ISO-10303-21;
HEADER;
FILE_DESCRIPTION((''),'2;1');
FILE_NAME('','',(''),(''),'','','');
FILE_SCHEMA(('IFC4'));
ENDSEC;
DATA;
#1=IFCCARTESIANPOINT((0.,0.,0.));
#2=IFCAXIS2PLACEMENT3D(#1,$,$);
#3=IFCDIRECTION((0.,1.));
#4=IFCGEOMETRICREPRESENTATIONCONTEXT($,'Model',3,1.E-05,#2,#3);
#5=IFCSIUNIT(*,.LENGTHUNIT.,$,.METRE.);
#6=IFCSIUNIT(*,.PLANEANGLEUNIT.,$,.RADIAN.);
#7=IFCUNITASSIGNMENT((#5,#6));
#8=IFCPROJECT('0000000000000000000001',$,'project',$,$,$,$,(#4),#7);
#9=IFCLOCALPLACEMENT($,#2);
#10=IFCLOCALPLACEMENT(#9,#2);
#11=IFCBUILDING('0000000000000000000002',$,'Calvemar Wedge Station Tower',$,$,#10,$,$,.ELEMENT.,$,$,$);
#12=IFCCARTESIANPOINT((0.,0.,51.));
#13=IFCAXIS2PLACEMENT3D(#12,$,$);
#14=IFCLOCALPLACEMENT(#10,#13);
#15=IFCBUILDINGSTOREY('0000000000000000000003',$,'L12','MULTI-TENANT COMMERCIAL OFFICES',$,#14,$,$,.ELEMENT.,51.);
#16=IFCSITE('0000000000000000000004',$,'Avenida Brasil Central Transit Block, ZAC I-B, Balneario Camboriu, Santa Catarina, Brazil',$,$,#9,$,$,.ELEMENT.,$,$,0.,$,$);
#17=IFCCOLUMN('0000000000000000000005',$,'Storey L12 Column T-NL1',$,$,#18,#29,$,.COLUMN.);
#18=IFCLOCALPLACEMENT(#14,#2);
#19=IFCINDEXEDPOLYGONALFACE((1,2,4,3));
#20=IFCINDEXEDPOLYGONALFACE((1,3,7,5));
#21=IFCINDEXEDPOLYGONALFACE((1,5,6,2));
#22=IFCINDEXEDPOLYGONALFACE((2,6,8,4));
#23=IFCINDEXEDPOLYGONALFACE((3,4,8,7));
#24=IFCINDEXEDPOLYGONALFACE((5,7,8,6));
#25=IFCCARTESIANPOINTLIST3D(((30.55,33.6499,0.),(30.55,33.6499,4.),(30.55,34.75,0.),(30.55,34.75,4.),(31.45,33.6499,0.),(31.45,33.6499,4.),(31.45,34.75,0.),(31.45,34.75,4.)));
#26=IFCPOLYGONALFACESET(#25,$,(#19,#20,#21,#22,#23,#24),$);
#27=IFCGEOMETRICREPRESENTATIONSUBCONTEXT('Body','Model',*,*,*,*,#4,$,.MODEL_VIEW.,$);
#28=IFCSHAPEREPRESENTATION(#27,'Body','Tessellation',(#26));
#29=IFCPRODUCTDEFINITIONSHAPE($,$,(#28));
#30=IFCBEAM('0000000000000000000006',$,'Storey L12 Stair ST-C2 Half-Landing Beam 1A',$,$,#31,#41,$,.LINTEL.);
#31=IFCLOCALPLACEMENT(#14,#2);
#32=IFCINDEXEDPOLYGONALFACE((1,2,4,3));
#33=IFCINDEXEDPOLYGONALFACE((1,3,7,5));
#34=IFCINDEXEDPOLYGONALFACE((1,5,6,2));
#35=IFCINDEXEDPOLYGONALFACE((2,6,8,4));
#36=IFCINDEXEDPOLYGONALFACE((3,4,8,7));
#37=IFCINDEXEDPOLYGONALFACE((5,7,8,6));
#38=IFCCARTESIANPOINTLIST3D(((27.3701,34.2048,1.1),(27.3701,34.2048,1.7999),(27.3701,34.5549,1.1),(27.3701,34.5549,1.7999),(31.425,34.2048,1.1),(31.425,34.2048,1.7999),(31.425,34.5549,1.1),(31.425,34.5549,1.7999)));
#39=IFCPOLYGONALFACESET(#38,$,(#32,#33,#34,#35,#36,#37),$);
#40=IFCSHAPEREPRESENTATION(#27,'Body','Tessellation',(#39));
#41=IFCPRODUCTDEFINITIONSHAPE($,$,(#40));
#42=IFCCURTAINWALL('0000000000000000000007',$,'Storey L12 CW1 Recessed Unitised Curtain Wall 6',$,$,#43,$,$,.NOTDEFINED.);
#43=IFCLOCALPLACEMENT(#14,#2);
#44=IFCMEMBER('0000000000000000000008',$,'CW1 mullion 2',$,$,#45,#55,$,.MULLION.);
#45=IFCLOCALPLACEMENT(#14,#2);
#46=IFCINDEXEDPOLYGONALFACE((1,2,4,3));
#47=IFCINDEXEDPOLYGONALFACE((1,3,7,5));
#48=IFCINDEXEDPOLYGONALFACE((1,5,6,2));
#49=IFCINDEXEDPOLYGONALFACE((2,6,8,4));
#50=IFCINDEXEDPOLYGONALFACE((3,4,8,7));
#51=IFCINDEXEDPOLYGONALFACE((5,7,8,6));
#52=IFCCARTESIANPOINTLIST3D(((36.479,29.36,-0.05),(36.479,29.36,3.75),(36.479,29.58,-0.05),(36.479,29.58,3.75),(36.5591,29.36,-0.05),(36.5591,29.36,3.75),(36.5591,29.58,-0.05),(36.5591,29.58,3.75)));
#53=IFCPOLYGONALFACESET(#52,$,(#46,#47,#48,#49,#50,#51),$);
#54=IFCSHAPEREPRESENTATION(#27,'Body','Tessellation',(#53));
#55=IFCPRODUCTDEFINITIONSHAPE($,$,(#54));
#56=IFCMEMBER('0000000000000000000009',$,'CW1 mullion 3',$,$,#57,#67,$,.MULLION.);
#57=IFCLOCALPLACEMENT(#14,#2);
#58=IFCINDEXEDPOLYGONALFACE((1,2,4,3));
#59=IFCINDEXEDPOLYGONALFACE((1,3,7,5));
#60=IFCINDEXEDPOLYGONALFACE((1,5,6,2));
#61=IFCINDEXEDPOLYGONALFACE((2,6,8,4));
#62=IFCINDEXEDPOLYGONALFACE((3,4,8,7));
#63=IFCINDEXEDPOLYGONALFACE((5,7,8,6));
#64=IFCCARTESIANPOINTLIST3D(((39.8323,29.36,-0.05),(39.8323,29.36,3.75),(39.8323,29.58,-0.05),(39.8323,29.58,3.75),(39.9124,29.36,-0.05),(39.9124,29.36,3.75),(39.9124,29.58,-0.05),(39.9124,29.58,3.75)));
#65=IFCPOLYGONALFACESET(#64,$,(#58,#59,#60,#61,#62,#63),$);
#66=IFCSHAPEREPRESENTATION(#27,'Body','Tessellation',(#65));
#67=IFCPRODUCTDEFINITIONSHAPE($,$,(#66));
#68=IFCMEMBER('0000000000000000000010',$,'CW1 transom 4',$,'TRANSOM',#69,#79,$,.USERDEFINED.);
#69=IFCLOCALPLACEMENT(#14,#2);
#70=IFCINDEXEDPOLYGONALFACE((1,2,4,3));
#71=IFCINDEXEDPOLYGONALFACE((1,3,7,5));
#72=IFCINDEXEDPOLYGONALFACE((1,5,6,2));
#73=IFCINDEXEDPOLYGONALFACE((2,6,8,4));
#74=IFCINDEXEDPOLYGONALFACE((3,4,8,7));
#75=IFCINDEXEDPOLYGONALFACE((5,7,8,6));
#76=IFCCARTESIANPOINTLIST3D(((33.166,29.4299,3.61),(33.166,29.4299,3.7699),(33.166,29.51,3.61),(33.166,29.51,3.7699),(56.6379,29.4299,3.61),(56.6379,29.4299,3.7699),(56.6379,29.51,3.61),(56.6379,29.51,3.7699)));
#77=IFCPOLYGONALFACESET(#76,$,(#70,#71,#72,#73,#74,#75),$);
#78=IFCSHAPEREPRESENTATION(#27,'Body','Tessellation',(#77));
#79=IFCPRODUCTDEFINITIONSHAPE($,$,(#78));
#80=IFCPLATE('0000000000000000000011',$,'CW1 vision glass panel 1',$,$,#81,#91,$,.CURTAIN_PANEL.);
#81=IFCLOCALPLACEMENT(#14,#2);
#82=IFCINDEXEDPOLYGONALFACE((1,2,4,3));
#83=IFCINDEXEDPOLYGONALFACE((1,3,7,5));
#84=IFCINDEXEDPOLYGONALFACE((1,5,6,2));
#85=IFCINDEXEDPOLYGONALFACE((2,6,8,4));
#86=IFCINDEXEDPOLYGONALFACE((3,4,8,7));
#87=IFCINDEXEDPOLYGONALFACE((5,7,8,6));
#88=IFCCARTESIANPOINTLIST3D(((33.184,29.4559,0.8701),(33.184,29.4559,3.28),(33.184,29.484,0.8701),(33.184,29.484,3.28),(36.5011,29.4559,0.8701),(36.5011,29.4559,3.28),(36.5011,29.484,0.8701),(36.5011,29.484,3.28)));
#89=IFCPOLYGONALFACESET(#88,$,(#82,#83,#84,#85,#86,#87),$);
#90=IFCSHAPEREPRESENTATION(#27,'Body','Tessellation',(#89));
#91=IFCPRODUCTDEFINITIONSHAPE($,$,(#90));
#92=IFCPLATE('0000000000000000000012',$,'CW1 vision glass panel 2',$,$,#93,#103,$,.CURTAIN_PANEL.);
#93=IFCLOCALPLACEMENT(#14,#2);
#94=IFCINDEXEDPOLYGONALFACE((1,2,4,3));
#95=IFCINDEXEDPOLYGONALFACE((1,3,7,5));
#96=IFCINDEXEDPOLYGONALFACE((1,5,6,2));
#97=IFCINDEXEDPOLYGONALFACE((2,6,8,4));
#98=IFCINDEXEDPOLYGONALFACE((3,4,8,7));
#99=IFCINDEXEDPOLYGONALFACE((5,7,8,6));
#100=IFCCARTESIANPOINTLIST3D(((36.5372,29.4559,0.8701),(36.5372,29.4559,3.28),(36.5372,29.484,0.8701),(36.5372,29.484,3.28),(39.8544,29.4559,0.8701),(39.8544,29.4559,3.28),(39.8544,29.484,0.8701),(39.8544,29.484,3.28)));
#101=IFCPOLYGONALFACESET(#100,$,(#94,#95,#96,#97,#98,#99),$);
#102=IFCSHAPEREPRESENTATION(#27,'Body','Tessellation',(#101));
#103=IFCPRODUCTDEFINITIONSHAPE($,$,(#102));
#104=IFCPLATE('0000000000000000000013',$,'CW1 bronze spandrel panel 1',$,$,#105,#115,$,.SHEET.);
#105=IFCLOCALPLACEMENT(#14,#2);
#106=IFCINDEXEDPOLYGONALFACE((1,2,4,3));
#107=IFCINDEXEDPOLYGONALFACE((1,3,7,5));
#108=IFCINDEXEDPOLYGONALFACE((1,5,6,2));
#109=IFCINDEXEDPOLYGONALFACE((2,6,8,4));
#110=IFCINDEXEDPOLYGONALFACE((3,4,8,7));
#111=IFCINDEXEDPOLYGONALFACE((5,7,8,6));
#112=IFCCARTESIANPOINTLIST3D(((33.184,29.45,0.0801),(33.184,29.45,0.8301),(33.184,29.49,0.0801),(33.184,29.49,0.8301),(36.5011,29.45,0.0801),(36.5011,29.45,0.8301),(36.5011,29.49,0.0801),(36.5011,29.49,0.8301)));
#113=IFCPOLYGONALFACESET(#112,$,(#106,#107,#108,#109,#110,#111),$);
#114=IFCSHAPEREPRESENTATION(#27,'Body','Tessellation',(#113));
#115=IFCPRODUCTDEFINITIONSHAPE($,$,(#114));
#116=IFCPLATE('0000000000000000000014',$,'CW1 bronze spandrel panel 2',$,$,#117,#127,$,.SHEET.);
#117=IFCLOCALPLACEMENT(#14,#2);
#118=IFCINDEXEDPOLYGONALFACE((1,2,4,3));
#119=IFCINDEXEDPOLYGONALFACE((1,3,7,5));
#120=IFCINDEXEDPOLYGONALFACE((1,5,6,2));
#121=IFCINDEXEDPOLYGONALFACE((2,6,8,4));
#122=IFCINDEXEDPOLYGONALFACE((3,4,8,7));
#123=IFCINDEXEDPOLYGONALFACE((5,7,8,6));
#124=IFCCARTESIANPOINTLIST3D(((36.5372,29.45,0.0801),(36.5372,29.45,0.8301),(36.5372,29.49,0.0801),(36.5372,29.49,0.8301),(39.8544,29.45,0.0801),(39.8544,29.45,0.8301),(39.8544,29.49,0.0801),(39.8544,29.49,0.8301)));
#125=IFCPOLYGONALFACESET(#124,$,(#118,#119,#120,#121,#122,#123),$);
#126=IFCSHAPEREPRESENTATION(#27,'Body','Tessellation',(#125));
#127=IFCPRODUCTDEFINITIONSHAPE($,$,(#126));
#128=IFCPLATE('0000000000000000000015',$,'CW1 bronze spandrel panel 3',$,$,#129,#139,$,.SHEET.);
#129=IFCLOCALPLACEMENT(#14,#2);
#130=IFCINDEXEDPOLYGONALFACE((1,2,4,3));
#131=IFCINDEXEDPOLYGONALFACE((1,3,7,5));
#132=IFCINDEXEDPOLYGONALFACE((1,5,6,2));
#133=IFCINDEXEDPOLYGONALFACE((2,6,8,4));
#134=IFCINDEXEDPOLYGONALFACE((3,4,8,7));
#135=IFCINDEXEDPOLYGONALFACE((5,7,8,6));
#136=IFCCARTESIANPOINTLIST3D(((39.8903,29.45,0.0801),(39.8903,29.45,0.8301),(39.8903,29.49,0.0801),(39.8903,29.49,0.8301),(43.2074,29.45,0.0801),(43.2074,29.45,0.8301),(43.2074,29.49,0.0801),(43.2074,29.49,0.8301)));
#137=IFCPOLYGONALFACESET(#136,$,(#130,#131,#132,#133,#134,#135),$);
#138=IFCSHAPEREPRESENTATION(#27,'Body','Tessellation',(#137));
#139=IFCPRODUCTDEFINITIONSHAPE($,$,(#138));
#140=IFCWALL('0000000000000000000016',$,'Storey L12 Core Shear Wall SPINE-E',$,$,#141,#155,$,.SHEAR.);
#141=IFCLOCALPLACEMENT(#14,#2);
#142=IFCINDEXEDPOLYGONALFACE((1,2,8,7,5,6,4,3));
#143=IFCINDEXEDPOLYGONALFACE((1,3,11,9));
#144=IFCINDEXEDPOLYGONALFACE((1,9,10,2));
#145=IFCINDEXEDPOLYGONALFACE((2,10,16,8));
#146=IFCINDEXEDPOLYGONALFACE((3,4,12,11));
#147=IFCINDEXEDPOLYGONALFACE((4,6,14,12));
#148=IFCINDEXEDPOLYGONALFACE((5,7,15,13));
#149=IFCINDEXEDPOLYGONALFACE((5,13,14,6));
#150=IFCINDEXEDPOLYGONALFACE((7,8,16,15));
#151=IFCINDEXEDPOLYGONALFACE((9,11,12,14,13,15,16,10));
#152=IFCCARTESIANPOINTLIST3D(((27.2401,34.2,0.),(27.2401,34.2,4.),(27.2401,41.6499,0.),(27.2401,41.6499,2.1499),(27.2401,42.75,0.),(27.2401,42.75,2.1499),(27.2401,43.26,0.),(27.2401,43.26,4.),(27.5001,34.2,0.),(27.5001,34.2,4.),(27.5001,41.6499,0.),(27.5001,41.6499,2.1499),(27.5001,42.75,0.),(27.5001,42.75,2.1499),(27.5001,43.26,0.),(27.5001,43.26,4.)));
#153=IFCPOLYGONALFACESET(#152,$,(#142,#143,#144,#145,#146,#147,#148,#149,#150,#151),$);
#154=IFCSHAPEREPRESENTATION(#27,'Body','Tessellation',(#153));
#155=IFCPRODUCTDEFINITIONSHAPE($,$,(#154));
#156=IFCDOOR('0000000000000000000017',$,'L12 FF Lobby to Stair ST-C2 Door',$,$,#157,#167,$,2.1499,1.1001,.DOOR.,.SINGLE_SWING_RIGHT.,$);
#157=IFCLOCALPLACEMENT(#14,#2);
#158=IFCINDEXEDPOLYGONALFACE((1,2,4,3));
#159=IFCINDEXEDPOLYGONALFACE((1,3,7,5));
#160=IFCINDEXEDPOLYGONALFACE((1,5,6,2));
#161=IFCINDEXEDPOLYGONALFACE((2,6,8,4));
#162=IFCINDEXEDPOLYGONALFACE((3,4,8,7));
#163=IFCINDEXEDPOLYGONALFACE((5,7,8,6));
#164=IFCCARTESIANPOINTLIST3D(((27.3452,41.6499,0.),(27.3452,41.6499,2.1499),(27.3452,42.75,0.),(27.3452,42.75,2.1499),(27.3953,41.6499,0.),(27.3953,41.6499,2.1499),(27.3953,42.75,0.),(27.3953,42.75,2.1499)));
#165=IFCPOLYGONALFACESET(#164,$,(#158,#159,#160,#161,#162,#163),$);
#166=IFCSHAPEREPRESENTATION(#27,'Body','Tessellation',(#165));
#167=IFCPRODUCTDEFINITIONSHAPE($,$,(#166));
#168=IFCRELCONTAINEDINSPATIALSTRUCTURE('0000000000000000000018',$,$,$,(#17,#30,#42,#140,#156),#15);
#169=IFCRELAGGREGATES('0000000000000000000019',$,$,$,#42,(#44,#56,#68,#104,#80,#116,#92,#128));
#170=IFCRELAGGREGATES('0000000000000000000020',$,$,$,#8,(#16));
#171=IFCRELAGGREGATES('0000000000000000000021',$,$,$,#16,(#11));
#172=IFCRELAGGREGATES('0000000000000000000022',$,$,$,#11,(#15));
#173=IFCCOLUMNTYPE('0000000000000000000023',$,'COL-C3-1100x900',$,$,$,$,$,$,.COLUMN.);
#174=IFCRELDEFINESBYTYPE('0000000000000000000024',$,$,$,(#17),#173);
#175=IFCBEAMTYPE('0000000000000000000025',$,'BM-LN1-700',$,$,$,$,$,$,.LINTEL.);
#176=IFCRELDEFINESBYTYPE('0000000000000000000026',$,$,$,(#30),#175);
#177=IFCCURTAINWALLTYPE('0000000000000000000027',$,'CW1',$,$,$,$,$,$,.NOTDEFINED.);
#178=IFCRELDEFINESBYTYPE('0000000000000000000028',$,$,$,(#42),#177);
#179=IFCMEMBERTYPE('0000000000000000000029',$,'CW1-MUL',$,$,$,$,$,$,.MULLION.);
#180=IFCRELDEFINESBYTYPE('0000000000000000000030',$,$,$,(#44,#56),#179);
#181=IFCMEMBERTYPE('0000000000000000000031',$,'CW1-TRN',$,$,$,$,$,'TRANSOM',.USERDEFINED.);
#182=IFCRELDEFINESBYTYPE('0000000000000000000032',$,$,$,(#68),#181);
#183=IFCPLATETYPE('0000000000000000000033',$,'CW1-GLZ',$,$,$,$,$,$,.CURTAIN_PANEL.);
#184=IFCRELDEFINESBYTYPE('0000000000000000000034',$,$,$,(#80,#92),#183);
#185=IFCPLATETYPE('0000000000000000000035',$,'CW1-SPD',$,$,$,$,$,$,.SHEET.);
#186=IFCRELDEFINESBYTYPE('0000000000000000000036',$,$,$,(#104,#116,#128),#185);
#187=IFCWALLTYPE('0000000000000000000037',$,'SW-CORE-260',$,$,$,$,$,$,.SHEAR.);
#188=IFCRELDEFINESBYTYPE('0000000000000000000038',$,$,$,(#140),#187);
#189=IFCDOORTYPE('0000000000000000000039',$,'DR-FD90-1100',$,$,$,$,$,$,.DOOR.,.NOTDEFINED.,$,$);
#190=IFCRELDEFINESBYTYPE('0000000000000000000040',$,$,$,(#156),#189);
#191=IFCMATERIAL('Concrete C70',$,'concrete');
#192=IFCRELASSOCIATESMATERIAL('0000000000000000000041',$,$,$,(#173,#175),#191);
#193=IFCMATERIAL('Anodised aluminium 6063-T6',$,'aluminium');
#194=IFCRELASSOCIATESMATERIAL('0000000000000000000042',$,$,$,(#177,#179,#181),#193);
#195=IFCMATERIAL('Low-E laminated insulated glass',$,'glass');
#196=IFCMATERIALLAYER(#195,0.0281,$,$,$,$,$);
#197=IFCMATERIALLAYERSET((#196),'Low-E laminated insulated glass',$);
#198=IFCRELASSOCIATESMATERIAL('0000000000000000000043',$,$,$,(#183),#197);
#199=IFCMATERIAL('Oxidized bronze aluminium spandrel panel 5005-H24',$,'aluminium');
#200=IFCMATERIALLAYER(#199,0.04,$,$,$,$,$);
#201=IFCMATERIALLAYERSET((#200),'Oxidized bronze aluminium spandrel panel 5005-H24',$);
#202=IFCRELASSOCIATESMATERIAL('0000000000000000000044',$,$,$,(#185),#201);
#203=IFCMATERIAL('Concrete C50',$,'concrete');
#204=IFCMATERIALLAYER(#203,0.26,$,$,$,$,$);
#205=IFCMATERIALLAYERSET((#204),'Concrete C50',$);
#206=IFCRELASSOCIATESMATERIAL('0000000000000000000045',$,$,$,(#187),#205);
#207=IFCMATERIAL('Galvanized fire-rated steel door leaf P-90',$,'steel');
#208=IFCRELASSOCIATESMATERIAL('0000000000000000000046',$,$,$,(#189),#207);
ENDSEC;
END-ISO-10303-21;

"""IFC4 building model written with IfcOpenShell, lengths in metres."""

from ifc_helpers import new_model, si_unit, direction, frame, frame_2d, origin, origin_2d, place, context, subcontext, project, spatial, rectangle, extrude, source, transform, mapped, material, layer, layer_set, material_profile, profile_set, type_object, element, fill, aggregate, save


model = new_model("IFC4")

# Units and contexts
model_context = context("Model", 3, precision=1e-05, world=origin(), true_north=direction((0.0, 1.0)))
body_context = subcontext(model_context, "Body", "Model", "MODEL_VIEW")
ifc_project = project(units=[si_unit("LENGTHUNIT", "METRE"), si_unit("PLANEANGLEUNIT", "RADIAN")], contexts=[model_context])

# Site, building, storey
site_placement = place(None, origin())
site = spatial("IfcSite", under=ifc_project, at=site_placement, Name="Avenida Brasil Central Transit Block, ZAC I-B, Balneario Camboriu, Santa Catarina, Brazil", CompositionType="ELEMENT", RefElevation=0.0)
building_placement = place(site_placement, origin())
building = spatial("IfcBuilding", under=site, at=building_placement, Name="Calvemar Wedge Station Tower", CompositionType="ELEMENT")
storey_placement = place(building_placement, frame((0.0, 0.0, 51.0)))
storey = spatial("IfcBuildingStorey", under=building, at=storey_placement, Name="L12", Description="MULTI-TENANT COMMERCIAL OFFICES", CompositionType="ELEMENT", Elevation=51.0)

# Column
ifc_material_1 = material(Name="Concrete C70", Category="concrete")
ifc_material_profile_1 = material_profile(ifc_material_1, rectangle(XDim=0.8999, YDim=1.1001, at=origin_2d()), Name="RC1100x900")
ifc_profile_set_1 = profile_set([ifc_material_profile_1], Name="Concrete C70")
column_type = type_object("IfcColumnType", Name="COL-C3-1100x900", PredefinedType="COLUMN", material=ifc_profile_set_1)
shared_shape_1 = source(origin(), body_context, "Body", "SweptSolid", [
    extrude(rectangle(XDim=0.8999, YDim=1.1001, at=origin_2d()), origin(), (0.0, 0.0, 1.0), 4.0),
])
column_placement = place(storey_placement, frame((31.0, 34.2, 0.0), z_axis=(0.0, 0.0, 1.0), x_axis=(1.0, 0.0, 0.0)))
element("IfcColumn", 1, at=column_placement, inside=storey, type_object=column_type, Name="Storey L12 Column T-NL1", PredefinedType="COLUMN", context=body_context, shape_type="MappedRepresentation", body=[
    mapped(shared_shape_1, transform((0.0, 0.0, 0.0), scale=1.0)),
])

# Beam
ifc_material_profile_2 = material_profile(ifc_material_1, rectangle(XDim=0.3501, YDim=0.7, at=origin_2d()), Name="RC350x700")
ifc_profile_set_2 = profile_set([ifc_material_profile_2], Name="Concrete C70")
beam_type = type_object("IfcBeamType", Name="BM-LN1-700", PredefinedType="LINTEL", material=ifc_profile_set_2)
shared_shape_2 = source(origin(), body_context, "Body", "SweptSolid", [
    extrude(rectangle(XDim=0.3501, YDim=0.7, at=origin_2d()), origin(), (0.0, 0.0, 1.0), 4.0549),
])
beam_placement = place(storey_placement, frame((27.3701, 34.3799, 1.45), z_axis=(1.0, 0.0, 0.0), x_axis=(0.0, 1.0, 0.0)))
element("IfcBeam", 2, at=beam_placement, inside=storey, type_object=beam_type, Name="Storey L12 Stair ST-C2 Half-Landing Beam 1A", PredefinedType="LINTEL", context=body_context, shape_type="MappedRepresentation", body=[
    mapped(shared_shape_2, transform((0.0, 0.0, 0.0), scale=1.0)),
])

# Curtain wall, members, plates
ifc_material_2 = material(Name="Anodised aluminium 6063-T6", Category="aluminium")
curtain_wall_type = type_object("IfcCurtainWallType", Name="CW1", PredefinedType="NOTDEFINED", material=ifc_material_2)
curtain_wall_placement = place(storey_placement, origin())
curtain_wall = element("IfcCurtainWall", 3, at=curtain_wall_placement, inside=storey, type_object=curtain_wall_type, Name="Storey L12 CW1 Recessed Unitised Curtain Wall 6", PredefinedType="NOTDEFINED")
ifc_material_profile_3 = material_profile(ifc_material_2, rectangle(XDim=0.0801, YDim=0.22, at=origin_2d()), Name="AL-MUL-80x220")
ifc_profile_set_3 = profile_set([ifc_material_profile_3], Name="Anodised aluminium 6063-T6")
member_type_1 = type_object("IfcMemberType", Name="CW1-MUL", PredefinedType="MULLION", material=ifc_profile_set_3)
shared_shape_3 = source(origin(), body_context, "Body", "SweptSolid", [
    extrude(rectangle(XDim=0.0801, YDim=0.22, at=origin_2d()), origin(), (0.0, 0.0, 1.0), 3.8),
])
member_1_placement = place(storey_placement, frame((36.519, 29.47, -0.05), z_axis=(0.0, 0.0, 1.0), x_axis=(1.0, 0.0, 0.0)))
member_1 = element("IfcMember", 4, at=member_1_placement, type_object=member_type_1, Name="CW1 mullion 2", PredefinedType="MULLION", context=body_context, shape_type="MappedRepresentation", body=[
    mapped(shared_shape_3, transform((0.0, 0.0, 0.0), scale=1.0)),
])
member_2_placement = place(storey_placement, frame((39.8723, 29.47, -0.05), z_axis=(0.0, 0.0, 1.0), x_axis=(1.0, 0.0, 0.0)))
member_2 = element("IfcMember", 5, at=member_2_placement, type_object=member_type_1, Name="CW1 mullion 3", PredefinedType="MULLION", context=body_context, shape_type="MappedRepresentation", body=[
    mapped(shared_shape_3, transform((0.0, 0.0, 0.0), scale=1.0)),
])
ifc_material_profile_4 = material_profile(ifc_material_2, rectangle(XDim=0.0801, YDim=0.1599, at=origin_2d()), Name="AL-TRN-80x160")
ifc_profile_set_4 = profile_set([ifc_material_profile_4], Name="Anodised aluminium 6063-T6")
member_type_2 = type_object("IfcMemberType", Name="CW1-TRN", ElementType="TRANSOM", PredefinedType="USERDEFINED", material=ifc_profile_set_4)
shared_shape_4 = source(origin(), body_context, "Body", "SweptSolid", [
    extrude(rectangle(XDim=0.0801, YDim=0.1599, at=origin_2d()), origin(), (0.0, 0.0, 1.0), 23.4719),
])
member_3_placement = place(storey_placement, frame((33.166, 29.47, 3.6899), z_axis=(1.0, 0.0, 0.0), x_axis=(0.0, 1.0, 0.0)))
member_3 = element("IfcMember", 6, at=member_3_placement, type_object=member_type_2, Name="CW1 transom 4", ObjectType="TRANSOM", PredefinedType="USERDEFINED", context=body_context, shape_type="MappedRepresentation", body=[
    mapped(shared_shape_4, transform((0.0, 0.0, 0.0), scale=1.0)),
])
ifc_material_3 = material(Name="Low-E laminated insulated glass", Category="glass")
ifc_layer_1 = layer(ifc_material_3, 0.0281)
ifc_layer_set_1 = layer_set([ifc_layer_1], Name="Low-E laminated insulated glass")
plate_type_1 = type_object("IfcPlateType", Name="CW1-GLZ", PredefinedType="CURTAIN_PANEL", material=ifc_layer_set_1)
plate_1_placement = place(storey_placement, frame((33.1838, 29.47, 0.8701), z_axis=(0.0, 0.0, 1.0), x_axis=(1.0, 0.0, 0.0)))
plate_1 = element("IfcPlate", 7, at=plate_1_placement, type_object=plate_type_1, Name="CW1 vision glass panel 1", PredefinedType="CURTAIN_PANEL", context=body_context, shape_type="SweptSolid", body=[
    extrude(rectangle(XDim=3.3171, YDim=0.0281, at=frame_2d((1.6587, 0.0))), origin(), (0.0, 0.0, 1.0), 2.4099),
])
plate_2_placement = place(storey_placement, frame((36.5371, 29.47, 0.8701), z_axis=(0.0, 0.0, 1.0), x_axis=(1.0, 0.0, 0.0)))
plate_2 = element("IfcPlate", 8, at=plate_2_placement, type_object=plate_type_1, Name="CW1 vision glass panel 2", PredefinedType="CURTAIN_PANEL", context=body_context, shape_type="SweptSolid", body=[
    extrude(rectangle(XDim=3.3171, YDim=0.0281, at=frame_2d((1.6587, 0.0))), origin(), (0.0, 0.0, 1.0), 2.4099),
])
ifc_material_4 = material(Name="Oxidized bronze aluminium spandrel panel 5005-H24", Category="aluminium")
ifc_layer_2 = layer(ifc_material_4, 0.04)
ifc_layer_set_2 = layer_set([ifc_layer_2], Name="Oxidized bronze aluminium spandrel panel 5005-H24")
plate_type_2 = type_object("IfcPlateType", Name="CW1-SPD", PredefinedType="SHEET", material=ifc_layer_set_2)
plate_3_placement = place(storey_placement, frame((33.1838, 29.47, 0.0801), z_axis=(0.0, 0.0, 1.0), x_axis=(1.0, 0.0, 0.0)))
plate_3 = element("IfcPlate", 9, at=plate_3_placement, type_object=plate_type_2, Name="CW1 bronze spandrel panel 1", PredefinedType="SHEET", context=body_context, shape_type="SweptSolid", body=[
    extrude(rectangle(XDim=3.3171, YDim=0.04, at=frame_2d((1.6587, 0.0))), origin(), (0.0, 0.0, 1.0), 0.75),
])
plate_4_placement = place(storey_placement, frame((36.5371, 29.47, 0.0801), z_axis=(0.0, 0.0, 1.0), x_axis=(1.0, 0.0, 0.0)))
plate_4 = element("IfcPlate", 10, at=plate_4_placement, type_object=plate_type_2, Name="CW1 bronze spandrel panel 2", PredefinedType="SHEET", context=body_context, shape_type="SweptSolid", body=[
    extrude(rectangle(XDim=3.3171, YDim=0.04, at=frame_2d((1.6587, 0.0))), origin(), (0.0, 0.0, 1.0), 0.75),
])
plate_5_placement = place(storey_placement, frame((39.8901, 29.47, 0.0801), z_axis=(0.0, 0.0, 1.0), x_axis=(1.0, 0.0, 0.0)))
plate_5 = element("IfcPlate", 11, at=plate_5_placement, type_object=plate_type_2, Name="CW1 bronze spandrel panel 3", PredefinedType="SHEET", context=body_context, shape_type="SweptSolid", body=[
    extrude(rectangle(XDim=3.3171, YDim=0.04, at=frame_2d((1.6587, 0.0))), origin(), (0.0, 0.0, 1.0), 0.75),
])
aggregate(curtain_wall, [member_1, member_2, member_3, plate_3, plate_1, plate_4, plate_2, plate_5])

# Wall, opening, door
ifc_material_5 = material(Name="Concrete C50", Category="concrete")
ifc_layer_3 = layer(ifc_material_5, 0.26)
ifc_layer_set_3 = layer_set([ifc_layer_3], Name="Concrete C50")
wall_type_1 = type_object("IfcWallType", Name="SW-CORE-260", PredefinedType="SHEAR", material=ifc_layer_set_3)
wall_1_placement = place(storey_placement, frame((27.3701, 34.2, 0.0), z_axis=(0.0, 0.0, 1.0), x_axis=(0.0, 1.0, 0.0)))
wall_1 = element("IfcWall", 12, at=wall_1_placement, inside=storey, type_object=wall_type_1, Name="Storey L12 Core Shear Wall SPINE-E", PredefinedType="SHEAR", context=body_context, shape_type="SweptSolid", body=[
    extrude(rectangle(XDim=9.0601, YDim=0.26, at=frame_2d((4.53, 0.0))), origin(), (0.0, 0.0, 1.0), 4.0),
])
shared_shape_5 = source(origin(), body_context, "Body", "SweptSolid", [
    extrude(rectangle(XDim=1.1001, YDim=2.1499, at=frame_2d((0.55, 1.075))), frame((0.0, 0.1401, 0.0), z_axis=(0.0, -1.0, 0.0), x_axis=(1.0, 0.0, 0.0)), (0.0, 0.0, 1.0), 0.28),
])
opening_1_placement = place(wall_1_placement, frame((7.45, 0.0, 0.0)))
opening_1 = element("IfcOpeningElement", 13, at=opening_1_placement, cuts=wall_1, PredefinedType="OPENING", context=body_context, shape_type="MappedRepresentation", body=[
    mapped(shared_shape_5, transform((0.0, 0.0, 0.0), scale=1.0)),
])
ifc_material_6 = material(Name="Galvanized fire-rated steel door leaf P-90", Category="steel")
door_type = type_object("IfcDoorType", Name="DR-FD90-1100", OperationType="NOTDEFINED", PredefinedType="DOOR", material=ifc_material_6)
shared_shape_6 = source(origin(), body_context, "Body", "SweptSolid", [
    extrude(rectangle(XDim=1.1001, YDim=2.1499, at=frame_2d((0.55, 1.075))), frame((0.0, 0.0249, 0.0), z_axis=(0.0, -1.0, 0.0), x_axis=(1.0, 0.0, 0.0)), (0.0, 0.0, 1.0), 0.05),
])
door_1_placement = place(opening_1_placement, origin())
door_1 = element("IfcDoor", 14, at=door_1_placement, inside=storey, type_object=door_type, Name="L12 FF Lobby to Stair ST-C2 Door", OperationType="SINGLE_SWING_RIGHT", OverallHeight=2.1499, OverallWidth=1.1001, PredefinedType="DOOR", context=body_context, shape_type="MappedRepresentation", body=[
    mapped(shared_shape_6, transform((0.0, 0.0, 0.0), scale=1.0)),
])
fill(opening_1, door_1)

save(model, "model.ifc")
